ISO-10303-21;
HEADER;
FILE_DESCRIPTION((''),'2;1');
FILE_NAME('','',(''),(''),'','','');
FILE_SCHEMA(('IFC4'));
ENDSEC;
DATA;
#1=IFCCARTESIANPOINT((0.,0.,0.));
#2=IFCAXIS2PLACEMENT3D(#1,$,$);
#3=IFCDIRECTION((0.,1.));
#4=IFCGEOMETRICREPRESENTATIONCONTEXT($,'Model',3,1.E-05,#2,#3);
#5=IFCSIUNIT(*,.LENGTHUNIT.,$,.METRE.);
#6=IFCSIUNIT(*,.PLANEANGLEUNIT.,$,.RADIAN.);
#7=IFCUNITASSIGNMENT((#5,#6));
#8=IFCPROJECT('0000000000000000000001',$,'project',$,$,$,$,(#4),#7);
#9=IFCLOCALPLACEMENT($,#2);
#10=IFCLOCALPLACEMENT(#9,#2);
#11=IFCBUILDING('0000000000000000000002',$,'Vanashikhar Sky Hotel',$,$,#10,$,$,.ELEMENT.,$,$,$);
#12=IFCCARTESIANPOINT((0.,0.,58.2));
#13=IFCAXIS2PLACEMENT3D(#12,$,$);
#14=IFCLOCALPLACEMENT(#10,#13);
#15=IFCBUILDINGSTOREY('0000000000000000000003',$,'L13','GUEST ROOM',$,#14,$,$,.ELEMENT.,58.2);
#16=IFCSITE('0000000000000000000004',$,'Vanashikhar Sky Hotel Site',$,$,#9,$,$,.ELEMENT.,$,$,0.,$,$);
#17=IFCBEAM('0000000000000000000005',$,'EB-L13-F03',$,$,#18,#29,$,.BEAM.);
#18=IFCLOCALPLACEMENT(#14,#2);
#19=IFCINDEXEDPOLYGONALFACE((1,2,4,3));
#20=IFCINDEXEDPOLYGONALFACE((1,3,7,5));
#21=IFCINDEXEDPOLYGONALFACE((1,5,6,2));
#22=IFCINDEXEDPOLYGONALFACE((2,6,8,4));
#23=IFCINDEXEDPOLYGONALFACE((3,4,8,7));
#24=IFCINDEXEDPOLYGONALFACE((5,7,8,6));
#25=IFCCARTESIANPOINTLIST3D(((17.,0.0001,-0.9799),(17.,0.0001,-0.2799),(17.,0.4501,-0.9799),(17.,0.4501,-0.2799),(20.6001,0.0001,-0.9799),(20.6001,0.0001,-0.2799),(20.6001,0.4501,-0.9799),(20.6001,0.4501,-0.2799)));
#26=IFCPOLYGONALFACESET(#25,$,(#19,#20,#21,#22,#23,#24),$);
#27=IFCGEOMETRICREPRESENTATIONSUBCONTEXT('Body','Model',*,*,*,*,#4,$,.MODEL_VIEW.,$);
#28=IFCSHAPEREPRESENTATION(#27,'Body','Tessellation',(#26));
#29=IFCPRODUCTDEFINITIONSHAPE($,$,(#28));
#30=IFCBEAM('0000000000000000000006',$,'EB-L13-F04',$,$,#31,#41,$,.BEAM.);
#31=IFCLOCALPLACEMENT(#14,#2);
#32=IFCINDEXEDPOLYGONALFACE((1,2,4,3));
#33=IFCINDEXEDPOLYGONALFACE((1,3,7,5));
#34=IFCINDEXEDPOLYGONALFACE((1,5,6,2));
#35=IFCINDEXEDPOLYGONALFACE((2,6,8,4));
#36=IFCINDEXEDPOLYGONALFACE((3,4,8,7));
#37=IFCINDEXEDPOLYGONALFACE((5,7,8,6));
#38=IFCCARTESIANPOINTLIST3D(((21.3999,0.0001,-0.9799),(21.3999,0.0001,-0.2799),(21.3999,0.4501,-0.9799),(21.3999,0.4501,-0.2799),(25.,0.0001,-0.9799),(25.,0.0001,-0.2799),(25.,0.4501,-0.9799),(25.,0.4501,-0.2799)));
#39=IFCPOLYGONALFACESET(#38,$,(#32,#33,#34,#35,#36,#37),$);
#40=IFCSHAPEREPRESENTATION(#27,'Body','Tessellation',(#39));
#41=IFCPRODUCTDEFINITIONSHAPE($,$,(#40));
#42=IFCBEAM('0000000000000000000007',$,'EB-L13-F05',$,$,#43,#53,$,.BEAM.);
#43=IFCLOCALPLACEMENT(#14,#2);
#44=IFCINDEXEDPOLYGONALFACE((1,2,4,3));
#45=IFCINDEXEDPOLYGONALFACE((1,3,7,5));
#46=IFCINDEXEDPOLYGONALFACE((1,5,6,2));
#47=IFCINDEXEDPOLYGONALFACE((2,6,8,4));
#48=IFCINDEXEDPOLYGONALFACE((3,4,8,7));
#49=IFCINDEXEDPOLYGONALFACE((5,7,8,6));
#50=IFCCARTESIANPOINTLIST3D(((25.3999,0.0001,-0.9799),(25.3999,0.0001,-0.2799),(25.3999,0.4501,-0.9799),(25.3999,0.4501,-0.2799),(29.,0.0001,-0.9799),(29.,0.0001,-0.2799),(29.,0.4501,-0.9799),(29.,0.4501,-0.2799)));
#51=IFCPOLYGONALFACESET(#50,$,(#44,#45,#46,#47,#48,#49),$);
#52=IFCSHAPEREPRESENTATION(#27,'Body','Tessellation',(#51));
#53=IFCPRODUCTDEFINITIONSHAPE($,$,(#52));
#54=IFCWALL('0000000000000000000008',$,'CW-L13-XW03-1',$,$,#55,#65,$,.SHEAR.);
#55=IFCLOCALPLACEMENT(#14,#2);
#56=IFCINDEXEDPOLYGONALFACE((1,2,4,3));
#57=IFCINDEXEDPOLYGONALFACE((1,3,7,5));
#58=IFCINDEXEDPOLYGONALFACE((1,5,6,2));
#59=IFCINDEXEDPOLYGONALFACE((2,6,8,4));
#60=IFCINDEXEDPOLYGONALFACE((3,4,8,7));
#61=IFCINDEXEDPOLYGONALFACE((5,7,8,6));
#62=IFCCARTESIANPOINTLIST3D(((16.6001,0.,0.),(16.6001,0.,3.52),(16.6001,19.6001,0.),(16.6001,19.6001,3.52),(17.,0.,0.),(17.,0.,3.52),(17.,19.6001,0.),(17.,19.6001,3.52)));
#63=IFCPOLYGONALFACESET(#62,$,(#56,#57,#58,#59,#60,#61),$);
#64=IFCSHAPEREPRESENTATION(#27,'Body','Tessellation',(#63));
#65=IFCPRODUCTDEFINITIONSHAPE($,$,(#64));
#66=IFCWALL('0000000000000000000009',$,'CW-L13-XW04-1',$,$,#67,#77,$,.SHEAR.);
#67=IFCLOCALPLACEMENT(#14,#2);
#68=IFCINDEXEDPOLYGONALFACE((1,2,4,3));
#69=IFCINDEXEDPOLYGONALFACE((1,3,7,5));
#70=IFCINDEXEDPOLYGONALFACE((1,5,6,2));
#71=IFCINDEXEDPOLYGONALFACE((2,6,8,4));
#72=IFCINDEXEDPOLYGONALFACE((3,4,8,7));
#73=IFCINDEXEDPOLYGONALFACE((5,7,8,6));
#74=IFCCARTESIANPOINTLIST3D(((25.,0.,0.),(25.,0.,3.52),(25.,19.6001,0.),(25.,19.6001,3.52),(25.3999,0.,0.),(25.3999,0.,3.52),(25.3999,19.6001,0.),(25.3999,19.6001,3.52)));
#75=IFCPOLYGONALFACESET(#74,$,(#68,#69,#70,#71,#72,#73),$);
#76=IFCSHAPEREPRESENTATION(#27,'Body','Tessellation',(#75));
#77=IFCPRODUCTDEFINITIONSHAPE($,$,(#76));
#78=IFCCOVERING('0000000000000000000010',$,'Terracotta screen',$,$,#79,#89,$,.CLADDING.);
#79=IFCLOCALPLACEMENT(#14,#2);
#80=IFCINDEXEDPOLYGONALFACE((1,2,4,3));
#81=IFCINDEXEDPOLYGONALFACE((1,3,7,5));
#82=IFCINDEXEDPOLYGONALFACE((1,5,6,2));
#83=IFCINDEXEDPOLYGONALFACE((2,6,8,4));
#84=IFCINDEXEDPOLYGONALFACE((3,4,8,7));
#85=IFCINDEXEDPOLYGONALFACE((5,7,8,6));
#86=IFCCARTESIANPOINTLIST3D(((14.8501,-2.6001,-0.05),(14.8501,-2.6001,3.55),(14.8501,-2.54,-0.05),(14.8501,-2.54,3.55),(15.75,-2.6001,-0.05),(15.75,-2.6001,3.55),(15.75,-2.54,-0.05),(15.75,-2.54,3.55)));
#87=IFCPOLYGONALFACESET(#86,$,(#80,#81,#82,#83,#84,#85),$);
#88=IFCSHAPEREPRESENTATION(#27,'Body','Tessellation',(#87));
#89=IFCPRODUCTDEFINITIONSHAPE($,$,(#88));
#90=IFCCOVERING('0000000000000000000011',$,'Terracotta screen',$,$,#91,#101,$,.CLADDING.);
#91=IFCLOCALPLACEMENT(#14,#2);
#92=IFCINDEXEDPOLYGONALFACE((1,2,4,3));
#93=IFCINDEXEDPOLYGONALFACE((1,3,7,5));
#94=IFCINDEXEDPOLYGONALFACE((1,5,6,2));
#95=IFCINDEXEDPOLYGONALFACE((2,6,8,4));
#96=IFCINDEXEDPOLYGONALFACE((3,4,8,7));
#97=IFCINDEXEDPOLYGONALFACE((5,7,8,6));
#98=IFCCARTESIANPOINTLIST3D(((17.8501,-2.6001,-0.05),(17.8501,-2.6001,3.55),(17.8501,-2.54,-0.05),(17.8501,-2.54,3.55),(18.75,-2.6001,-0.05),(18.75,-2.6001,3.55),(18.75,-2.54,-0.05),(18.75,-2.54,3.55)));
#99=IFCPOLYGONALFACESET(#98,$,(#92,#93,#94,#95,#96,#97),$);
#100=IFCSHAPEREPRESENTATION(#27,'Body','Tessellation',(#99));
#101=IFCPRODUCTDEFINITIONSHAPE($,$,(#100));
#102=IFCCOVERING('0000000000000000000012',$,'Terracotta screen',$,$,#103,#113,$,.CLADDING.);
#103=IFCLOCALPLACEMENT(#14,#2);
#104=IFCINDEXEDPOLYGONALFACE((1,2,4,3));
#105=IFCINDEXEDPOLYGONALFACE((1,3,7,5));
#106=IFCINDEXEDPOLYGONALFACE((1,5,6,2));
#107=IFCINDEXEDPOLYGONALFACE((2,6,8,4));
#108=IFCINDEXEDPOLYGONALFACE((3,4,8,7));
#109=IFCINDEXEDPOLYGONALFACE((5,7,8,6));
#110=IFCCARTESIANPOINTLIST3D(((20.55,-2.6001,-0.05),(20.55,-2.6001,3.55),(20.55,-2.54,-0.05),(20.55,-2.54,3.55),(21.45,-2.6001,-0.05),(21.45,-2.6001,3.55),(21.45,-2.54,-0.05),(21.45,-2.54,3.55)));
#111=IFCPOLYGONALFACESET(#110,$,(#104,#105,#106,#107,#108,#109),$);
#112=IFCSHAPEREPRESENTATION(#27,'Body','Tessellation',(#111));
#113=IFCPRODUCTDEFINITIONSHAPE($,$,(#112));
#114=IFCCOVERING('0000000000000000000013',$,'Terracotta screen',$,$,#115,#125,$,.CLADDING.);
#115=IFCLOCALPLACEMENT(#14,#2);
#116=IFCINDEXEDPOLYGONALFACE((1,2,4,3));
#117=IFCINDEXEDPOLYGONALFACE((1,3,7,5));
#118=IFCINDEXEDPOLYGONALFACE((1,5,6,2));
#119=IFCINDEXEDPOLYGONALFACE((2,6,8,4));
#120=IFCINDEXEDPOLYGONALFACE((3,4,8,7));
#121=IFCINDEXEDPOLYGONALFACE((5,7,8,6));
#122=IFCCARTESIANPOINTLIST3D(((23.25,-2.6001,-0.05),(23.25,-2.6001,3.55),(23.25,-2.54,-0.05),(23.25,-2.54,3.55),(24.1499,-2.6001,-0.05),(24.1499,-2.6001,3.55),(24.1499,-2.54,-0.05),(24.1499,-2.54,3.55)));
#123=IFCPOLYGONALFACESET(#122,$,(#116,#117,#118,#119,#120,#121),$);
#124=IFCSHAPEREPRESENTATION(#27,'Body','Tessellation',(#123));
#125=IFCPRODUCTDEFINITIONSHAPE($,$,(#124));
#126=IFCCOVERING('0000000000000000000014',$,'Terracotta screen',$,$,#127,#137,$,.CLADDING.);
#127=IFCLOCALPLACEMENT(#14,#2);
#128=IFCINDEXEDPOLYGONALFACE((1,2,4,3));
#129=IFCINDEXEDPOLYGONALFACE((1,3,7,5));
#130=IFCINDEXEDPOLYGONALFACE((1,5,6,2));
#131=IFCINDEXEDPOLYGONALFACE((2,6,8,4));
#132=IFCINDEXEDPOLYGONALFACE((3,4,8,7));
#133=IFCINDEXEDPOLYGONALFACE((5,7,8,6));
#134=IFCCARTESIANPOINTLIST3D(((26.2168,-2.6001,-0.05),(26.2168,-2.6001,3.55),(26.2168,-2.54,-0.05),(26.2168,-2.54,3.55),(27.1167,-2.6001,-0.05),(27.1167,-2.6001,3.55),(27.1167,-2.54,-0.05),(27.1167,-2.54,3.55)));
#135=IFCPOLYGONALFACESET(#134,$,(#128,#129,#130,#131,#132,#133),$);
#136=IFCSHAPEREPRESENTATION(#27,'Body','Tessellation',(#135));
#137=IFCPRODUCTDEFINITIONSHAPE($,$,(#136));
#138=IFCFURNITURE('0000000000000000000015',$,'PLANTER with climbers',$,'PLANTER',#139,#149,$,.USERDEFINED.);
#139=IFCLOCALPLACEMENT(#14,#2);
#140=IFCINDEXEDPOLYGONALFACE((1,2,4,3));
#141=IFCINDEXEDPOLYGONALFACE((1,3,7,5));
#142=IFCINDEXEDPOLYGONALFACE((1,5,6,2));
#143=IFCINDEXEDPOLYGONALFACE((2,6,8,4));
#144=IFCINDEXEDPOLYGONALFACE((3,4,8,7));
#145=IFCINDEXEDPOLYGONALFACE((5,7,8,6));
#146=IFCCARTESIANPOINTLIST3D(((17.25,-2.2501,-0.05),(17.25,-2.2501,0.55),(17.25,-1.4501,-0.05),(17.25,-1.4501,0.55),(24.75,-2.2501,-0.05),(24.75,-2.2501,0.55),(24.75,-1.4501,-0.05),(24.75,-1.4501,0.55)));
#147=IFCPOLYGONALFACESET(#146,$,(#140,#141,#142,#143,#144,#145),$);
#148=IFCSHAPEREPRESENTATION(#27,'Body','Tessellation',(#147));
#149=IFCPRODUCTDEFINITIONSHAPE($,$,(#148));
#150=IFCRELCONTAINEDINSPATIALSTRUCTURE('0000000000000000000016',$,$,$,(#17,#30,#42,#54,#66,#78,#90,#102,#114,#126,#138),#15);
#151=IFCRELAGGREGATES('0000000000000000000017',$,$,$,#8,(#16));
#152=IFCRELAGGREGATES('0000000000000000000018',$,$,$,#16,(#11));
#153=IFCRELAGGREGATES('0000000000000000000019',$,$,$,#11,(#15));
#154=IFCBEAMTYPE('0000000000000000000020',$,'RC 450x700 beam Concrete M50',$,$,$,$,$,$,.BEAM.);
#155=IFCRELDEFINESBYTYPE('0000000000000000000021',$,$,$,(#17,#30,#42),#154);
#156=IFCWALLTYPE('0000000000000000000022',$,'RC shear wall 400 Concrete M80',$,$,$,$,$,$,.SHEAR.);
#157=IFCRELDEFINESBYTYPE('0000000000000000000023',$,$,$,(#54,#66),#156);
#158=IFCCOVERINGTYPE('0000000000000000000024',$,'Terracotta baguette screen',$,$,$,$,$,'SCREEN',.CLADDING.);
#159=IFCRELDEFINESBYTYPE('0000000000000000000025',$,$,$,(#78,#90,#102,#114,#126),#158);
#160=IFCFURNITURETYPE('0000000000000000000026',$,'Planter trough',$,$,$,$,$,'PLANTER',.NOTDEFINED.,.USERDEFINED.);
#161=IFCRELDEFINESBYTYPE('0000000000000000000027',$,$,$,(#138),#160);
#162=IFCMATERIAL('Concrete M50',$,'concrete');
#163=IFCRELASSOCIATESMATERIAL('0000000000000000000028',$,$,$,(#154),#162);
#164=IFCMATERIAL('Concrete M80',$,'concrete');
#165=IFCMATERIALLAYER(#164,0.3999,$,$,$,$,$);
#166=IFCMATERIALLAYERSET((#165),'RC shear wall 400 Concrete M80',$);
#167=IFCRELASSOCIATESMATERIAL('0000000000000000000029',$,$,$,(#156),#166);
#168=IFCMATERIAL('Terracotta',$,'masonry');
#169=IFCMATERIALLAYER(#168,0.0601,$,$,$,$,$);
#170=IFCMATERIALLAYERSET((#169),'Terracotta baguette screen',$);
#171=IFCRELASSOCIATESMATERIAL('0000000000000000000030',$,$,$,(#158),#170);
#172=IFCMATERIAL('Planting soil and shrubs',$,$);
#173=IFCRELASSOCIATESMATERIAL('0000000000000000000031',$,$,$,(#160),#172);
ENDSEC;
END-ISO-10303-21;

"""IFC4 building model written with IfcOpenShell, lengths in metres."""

from ifc_helpers import new_model, si_unit, direction, frame, frame_2d, origin, origin_2d, place, context, subcontext, project, spatial, rectangle, extrude, source, transform, mapped, material, layer, layer_set, material_profile, profile_set, type_object, element, save


model = new_model("IFC4")

# Units and contexts
model_context = context("Model", 3, precision=1e-05, world=origin(), true_north=direction((0.0, 1.0)))
body_context = subcontext(model_context, "Body", "Model", "MODEL_VIEW")
ifc_project = project(units=[si_unit("LENGTHUNIT", "METRE"), si_unit("PLANEANGLEUNIT", "RADIAN")], contexts=[model_context])

# Site, building, storey
site_placement = place(None, origin())
site = spatial("IfcSite", under=ifc_project, at=site_placement, Name="Vanashikhar Sky Hotel Site", CompositionType="ELEMENT", RefElevation=0.0)
building_placement = place(site_placement, origin())
building = spatial("IfcBuilding", under=site, at=building_placement, Name="Vanashikhar Sky Hotel", CompositionType="ELEMENT")
storey_placement = place(building_placement, frame((0.0, 0.0, 58.2)))
storey = spatial("IfcBuildingStorey", under=building, at=storey_placement, Name="L13", Description="GUEST ROOM", CompositionType="ELEMENT", Elevation=58.2)

# Beams
ifc_material_1 = material(Name="Concrete M50", Category="concrete")
ifc_material_profile = material_profile(ifc_material_1, rectangle(XDim=0.45, YDim=0.7, at=origin_2d()))
ifc_profile_set = profile_set([ifc_material_profile], Name="RC 450x700 beam Concrete M50")
beam_type = type_object("IfcBeamType", Name="RC 450x700 beam Concrete M50", PredefinedType="BEAM", material=ifc_profile_set)
shared_shape_1 = source(origin(), body_context, "Body", "SweptSolid", [
    extrude(rectangle(XDim=0.45, YDim=0.7, at=origin_2d()), origin(), (0.0, 0.0, 1.0), 3.6001),
])
for number, where, z_axis, x_axis, name in (
    (1, (17.0, 0.2251, -0.6299), (1.0, 0.0, 0.0), (0.0, 1.0, 0.0), "EB-L13-F03"),
    (2, (21.3999, 0.2251, -0.6299), (1.0, 0.0, 0.0), (0.0, 1.0, 0.0), "EB-L13-F04"),
    (3, (25.3999, 0.2251, -0.6299), (1.0, 0.0, 0.0), (0.0, 1.0, 0.0), "EB-L13-F05"),
):
    element("IfcBeam", number, at=place(storey_placement, frame(where, z_axis=z_axis, x_axis=x_axis)), inside=storey, type_object=beam_type, Name=name, PredefinedType="BEAM", context=body_context, shape_type="MappedRepresentation", body=[
        mapped(shared_shape_1, transform((0.0, 0.0, 0.0), scale=1.0)),
    ])

# Walls
ifc_material_2 = material(Name="Concrete M80", Category="concrete")
ifc_layer_1 = layer(ifc_material_2, 0.3999)
ifc_layer_set_1 = layer_set([ifc_layer_1], Name="RC shear wall 400 Concrete M80")
wall_type_1 = type_object("IfcWallType", Name="RC shear wall 400 Concrete M80", PredefinedType="SHEAR", material=ifc_layer_set_1)
shared_shape_2 = source(origin(), body_context, "Body", "SweptSolid", [
    extrude(rectangle(XDim=19.6001, YDim=0.3999, at=frame_2d((9.8, 0.0))), origin(), (0.0, 0.0, 1.0), 3.52),
])
for number, where, z_axis, x_axis, name in (
    (4, (16.8, 0.0, 0.0), (0.0, 0.0, 1.0), (0.0, 1.0, 0.0), "CW-L13-XW03-1"),
    (5, (25.2, 0.0, 0.0), (0.0, 0.0, 1.0), (0.0, 1.0, 0.0), "CW-L13-XW04-1"),
):
    element("IfcWall", number, at=place(storey_placement, frame(where, z_axis=z_axis, x_axis=x_axis)), inside=storey, type_object=wall_type_1, Name=name, PredefinedType="SHEAR", context=body_context, shape_type="MappedRepresentation", body=[
        mapped(shared_shape_2, transform((0.0, 0.0, 0.0), scale=1.0)),
    ])

# Coverings
ifc_material_3 = material(Name="Terracotta", Category="masonry")
ifc_layer_2 = layer(ifc_material_3, 0.0601)
ifc_layer_set_2 = layer_set([ifc_layer_2], Name="Terracotta baguette screen")
covering_type = type_object("IfcCoveringType", Name="Terracotta baguette screen", ElementType="SCREEN", PredefinedType="CLADDING", material=ifc_layer_set_2)
shared_shape_3 = source(origin(), body_context, "Body", "SweptSolid", [
    extrude(rectangle(XDim=0.8999, YDim=0.0601, at=origin_2d()), origin(), (0.0, 0.0, 1.0), 3.6001),
])
for number, where, z_axis, x_axis, name in (
    (6, (15.3, -2.5701, -0.05), (0.0, 0.0, 1.0), (1.0, 0.0, 0.0), "Terracotta screen"),
    (7, (18.3, -2.5701, -0.05), (0.0, 0.0, 1.0), (1.0, 0.0, 0.0), "Terracotta screen"),
    (8, (21.0, -2.5701, -0.05), (0.0, 0.0, 1.0), (1.0, 0.0, 0.0), "Terracotta screen"),
    (9, (23.7, -2.5701, -0.05), (0.0, 0.0, 1.0), (1.0, 0.0, 0.0), "Terracotta screen"),
    (10, (26.6667, -2.5701, -0.05), (0.0, 0.0, 1.0), (1.0, 0.0, 0.0), "Terracotta screen"),
):
    element("IfcCovering", number, at=place(storey_placement, frame(where, z_axis=z_axis, x_axis=x_axis)), inside=storey, type_object=covering_type, Name=name, PredefinedType="CLADDING", context=body_context, shape_type="MappedRepresentation", body=[
        mapped(shared_shape_3, transform((0.0, 0.0, 0.0), scale=1.0)),
    ])

# Furniture
ifc_material_4 = material(Name="Planting soil and shrubs")
furniture_type = type_object("IfcFurnitureType", Name="Planter trough", ElementType="PLANTER", AssemblyPlace="NOTDEFINED", PredefinedType="USERDEFINED", material=ifc_material_4)
shared_shape_4 = source(origin(), body_context, "Body", "SweptSolid", [
    extrude(rectangle(XDim=7.5, YDim=0.8, at=origin_2d()), origin(), (0.0, 0.0, 1.0), 0.6001),
])
furniture_placement = place(storey_placement, frame((21.0, -1.8501, -0.05), z_axis=(0.0, 0.0, 1.0), x_axis=(1.0, 0.0, 0.0)))
element("IfcFurniture", 11, at=furniture_placement, inside=storey, type_object=furniture_type, Name="PLANTER with climbers", ObjectType="PLANTER", PredefinedType="USERDEFINED", context=body_context, shape_type="MappedRepresentation", body=[
    mapped(shared_shape_4, transform((0.0, 0.0, 0.0), scale=1.0)),
])

save(model, "model.ifc")
